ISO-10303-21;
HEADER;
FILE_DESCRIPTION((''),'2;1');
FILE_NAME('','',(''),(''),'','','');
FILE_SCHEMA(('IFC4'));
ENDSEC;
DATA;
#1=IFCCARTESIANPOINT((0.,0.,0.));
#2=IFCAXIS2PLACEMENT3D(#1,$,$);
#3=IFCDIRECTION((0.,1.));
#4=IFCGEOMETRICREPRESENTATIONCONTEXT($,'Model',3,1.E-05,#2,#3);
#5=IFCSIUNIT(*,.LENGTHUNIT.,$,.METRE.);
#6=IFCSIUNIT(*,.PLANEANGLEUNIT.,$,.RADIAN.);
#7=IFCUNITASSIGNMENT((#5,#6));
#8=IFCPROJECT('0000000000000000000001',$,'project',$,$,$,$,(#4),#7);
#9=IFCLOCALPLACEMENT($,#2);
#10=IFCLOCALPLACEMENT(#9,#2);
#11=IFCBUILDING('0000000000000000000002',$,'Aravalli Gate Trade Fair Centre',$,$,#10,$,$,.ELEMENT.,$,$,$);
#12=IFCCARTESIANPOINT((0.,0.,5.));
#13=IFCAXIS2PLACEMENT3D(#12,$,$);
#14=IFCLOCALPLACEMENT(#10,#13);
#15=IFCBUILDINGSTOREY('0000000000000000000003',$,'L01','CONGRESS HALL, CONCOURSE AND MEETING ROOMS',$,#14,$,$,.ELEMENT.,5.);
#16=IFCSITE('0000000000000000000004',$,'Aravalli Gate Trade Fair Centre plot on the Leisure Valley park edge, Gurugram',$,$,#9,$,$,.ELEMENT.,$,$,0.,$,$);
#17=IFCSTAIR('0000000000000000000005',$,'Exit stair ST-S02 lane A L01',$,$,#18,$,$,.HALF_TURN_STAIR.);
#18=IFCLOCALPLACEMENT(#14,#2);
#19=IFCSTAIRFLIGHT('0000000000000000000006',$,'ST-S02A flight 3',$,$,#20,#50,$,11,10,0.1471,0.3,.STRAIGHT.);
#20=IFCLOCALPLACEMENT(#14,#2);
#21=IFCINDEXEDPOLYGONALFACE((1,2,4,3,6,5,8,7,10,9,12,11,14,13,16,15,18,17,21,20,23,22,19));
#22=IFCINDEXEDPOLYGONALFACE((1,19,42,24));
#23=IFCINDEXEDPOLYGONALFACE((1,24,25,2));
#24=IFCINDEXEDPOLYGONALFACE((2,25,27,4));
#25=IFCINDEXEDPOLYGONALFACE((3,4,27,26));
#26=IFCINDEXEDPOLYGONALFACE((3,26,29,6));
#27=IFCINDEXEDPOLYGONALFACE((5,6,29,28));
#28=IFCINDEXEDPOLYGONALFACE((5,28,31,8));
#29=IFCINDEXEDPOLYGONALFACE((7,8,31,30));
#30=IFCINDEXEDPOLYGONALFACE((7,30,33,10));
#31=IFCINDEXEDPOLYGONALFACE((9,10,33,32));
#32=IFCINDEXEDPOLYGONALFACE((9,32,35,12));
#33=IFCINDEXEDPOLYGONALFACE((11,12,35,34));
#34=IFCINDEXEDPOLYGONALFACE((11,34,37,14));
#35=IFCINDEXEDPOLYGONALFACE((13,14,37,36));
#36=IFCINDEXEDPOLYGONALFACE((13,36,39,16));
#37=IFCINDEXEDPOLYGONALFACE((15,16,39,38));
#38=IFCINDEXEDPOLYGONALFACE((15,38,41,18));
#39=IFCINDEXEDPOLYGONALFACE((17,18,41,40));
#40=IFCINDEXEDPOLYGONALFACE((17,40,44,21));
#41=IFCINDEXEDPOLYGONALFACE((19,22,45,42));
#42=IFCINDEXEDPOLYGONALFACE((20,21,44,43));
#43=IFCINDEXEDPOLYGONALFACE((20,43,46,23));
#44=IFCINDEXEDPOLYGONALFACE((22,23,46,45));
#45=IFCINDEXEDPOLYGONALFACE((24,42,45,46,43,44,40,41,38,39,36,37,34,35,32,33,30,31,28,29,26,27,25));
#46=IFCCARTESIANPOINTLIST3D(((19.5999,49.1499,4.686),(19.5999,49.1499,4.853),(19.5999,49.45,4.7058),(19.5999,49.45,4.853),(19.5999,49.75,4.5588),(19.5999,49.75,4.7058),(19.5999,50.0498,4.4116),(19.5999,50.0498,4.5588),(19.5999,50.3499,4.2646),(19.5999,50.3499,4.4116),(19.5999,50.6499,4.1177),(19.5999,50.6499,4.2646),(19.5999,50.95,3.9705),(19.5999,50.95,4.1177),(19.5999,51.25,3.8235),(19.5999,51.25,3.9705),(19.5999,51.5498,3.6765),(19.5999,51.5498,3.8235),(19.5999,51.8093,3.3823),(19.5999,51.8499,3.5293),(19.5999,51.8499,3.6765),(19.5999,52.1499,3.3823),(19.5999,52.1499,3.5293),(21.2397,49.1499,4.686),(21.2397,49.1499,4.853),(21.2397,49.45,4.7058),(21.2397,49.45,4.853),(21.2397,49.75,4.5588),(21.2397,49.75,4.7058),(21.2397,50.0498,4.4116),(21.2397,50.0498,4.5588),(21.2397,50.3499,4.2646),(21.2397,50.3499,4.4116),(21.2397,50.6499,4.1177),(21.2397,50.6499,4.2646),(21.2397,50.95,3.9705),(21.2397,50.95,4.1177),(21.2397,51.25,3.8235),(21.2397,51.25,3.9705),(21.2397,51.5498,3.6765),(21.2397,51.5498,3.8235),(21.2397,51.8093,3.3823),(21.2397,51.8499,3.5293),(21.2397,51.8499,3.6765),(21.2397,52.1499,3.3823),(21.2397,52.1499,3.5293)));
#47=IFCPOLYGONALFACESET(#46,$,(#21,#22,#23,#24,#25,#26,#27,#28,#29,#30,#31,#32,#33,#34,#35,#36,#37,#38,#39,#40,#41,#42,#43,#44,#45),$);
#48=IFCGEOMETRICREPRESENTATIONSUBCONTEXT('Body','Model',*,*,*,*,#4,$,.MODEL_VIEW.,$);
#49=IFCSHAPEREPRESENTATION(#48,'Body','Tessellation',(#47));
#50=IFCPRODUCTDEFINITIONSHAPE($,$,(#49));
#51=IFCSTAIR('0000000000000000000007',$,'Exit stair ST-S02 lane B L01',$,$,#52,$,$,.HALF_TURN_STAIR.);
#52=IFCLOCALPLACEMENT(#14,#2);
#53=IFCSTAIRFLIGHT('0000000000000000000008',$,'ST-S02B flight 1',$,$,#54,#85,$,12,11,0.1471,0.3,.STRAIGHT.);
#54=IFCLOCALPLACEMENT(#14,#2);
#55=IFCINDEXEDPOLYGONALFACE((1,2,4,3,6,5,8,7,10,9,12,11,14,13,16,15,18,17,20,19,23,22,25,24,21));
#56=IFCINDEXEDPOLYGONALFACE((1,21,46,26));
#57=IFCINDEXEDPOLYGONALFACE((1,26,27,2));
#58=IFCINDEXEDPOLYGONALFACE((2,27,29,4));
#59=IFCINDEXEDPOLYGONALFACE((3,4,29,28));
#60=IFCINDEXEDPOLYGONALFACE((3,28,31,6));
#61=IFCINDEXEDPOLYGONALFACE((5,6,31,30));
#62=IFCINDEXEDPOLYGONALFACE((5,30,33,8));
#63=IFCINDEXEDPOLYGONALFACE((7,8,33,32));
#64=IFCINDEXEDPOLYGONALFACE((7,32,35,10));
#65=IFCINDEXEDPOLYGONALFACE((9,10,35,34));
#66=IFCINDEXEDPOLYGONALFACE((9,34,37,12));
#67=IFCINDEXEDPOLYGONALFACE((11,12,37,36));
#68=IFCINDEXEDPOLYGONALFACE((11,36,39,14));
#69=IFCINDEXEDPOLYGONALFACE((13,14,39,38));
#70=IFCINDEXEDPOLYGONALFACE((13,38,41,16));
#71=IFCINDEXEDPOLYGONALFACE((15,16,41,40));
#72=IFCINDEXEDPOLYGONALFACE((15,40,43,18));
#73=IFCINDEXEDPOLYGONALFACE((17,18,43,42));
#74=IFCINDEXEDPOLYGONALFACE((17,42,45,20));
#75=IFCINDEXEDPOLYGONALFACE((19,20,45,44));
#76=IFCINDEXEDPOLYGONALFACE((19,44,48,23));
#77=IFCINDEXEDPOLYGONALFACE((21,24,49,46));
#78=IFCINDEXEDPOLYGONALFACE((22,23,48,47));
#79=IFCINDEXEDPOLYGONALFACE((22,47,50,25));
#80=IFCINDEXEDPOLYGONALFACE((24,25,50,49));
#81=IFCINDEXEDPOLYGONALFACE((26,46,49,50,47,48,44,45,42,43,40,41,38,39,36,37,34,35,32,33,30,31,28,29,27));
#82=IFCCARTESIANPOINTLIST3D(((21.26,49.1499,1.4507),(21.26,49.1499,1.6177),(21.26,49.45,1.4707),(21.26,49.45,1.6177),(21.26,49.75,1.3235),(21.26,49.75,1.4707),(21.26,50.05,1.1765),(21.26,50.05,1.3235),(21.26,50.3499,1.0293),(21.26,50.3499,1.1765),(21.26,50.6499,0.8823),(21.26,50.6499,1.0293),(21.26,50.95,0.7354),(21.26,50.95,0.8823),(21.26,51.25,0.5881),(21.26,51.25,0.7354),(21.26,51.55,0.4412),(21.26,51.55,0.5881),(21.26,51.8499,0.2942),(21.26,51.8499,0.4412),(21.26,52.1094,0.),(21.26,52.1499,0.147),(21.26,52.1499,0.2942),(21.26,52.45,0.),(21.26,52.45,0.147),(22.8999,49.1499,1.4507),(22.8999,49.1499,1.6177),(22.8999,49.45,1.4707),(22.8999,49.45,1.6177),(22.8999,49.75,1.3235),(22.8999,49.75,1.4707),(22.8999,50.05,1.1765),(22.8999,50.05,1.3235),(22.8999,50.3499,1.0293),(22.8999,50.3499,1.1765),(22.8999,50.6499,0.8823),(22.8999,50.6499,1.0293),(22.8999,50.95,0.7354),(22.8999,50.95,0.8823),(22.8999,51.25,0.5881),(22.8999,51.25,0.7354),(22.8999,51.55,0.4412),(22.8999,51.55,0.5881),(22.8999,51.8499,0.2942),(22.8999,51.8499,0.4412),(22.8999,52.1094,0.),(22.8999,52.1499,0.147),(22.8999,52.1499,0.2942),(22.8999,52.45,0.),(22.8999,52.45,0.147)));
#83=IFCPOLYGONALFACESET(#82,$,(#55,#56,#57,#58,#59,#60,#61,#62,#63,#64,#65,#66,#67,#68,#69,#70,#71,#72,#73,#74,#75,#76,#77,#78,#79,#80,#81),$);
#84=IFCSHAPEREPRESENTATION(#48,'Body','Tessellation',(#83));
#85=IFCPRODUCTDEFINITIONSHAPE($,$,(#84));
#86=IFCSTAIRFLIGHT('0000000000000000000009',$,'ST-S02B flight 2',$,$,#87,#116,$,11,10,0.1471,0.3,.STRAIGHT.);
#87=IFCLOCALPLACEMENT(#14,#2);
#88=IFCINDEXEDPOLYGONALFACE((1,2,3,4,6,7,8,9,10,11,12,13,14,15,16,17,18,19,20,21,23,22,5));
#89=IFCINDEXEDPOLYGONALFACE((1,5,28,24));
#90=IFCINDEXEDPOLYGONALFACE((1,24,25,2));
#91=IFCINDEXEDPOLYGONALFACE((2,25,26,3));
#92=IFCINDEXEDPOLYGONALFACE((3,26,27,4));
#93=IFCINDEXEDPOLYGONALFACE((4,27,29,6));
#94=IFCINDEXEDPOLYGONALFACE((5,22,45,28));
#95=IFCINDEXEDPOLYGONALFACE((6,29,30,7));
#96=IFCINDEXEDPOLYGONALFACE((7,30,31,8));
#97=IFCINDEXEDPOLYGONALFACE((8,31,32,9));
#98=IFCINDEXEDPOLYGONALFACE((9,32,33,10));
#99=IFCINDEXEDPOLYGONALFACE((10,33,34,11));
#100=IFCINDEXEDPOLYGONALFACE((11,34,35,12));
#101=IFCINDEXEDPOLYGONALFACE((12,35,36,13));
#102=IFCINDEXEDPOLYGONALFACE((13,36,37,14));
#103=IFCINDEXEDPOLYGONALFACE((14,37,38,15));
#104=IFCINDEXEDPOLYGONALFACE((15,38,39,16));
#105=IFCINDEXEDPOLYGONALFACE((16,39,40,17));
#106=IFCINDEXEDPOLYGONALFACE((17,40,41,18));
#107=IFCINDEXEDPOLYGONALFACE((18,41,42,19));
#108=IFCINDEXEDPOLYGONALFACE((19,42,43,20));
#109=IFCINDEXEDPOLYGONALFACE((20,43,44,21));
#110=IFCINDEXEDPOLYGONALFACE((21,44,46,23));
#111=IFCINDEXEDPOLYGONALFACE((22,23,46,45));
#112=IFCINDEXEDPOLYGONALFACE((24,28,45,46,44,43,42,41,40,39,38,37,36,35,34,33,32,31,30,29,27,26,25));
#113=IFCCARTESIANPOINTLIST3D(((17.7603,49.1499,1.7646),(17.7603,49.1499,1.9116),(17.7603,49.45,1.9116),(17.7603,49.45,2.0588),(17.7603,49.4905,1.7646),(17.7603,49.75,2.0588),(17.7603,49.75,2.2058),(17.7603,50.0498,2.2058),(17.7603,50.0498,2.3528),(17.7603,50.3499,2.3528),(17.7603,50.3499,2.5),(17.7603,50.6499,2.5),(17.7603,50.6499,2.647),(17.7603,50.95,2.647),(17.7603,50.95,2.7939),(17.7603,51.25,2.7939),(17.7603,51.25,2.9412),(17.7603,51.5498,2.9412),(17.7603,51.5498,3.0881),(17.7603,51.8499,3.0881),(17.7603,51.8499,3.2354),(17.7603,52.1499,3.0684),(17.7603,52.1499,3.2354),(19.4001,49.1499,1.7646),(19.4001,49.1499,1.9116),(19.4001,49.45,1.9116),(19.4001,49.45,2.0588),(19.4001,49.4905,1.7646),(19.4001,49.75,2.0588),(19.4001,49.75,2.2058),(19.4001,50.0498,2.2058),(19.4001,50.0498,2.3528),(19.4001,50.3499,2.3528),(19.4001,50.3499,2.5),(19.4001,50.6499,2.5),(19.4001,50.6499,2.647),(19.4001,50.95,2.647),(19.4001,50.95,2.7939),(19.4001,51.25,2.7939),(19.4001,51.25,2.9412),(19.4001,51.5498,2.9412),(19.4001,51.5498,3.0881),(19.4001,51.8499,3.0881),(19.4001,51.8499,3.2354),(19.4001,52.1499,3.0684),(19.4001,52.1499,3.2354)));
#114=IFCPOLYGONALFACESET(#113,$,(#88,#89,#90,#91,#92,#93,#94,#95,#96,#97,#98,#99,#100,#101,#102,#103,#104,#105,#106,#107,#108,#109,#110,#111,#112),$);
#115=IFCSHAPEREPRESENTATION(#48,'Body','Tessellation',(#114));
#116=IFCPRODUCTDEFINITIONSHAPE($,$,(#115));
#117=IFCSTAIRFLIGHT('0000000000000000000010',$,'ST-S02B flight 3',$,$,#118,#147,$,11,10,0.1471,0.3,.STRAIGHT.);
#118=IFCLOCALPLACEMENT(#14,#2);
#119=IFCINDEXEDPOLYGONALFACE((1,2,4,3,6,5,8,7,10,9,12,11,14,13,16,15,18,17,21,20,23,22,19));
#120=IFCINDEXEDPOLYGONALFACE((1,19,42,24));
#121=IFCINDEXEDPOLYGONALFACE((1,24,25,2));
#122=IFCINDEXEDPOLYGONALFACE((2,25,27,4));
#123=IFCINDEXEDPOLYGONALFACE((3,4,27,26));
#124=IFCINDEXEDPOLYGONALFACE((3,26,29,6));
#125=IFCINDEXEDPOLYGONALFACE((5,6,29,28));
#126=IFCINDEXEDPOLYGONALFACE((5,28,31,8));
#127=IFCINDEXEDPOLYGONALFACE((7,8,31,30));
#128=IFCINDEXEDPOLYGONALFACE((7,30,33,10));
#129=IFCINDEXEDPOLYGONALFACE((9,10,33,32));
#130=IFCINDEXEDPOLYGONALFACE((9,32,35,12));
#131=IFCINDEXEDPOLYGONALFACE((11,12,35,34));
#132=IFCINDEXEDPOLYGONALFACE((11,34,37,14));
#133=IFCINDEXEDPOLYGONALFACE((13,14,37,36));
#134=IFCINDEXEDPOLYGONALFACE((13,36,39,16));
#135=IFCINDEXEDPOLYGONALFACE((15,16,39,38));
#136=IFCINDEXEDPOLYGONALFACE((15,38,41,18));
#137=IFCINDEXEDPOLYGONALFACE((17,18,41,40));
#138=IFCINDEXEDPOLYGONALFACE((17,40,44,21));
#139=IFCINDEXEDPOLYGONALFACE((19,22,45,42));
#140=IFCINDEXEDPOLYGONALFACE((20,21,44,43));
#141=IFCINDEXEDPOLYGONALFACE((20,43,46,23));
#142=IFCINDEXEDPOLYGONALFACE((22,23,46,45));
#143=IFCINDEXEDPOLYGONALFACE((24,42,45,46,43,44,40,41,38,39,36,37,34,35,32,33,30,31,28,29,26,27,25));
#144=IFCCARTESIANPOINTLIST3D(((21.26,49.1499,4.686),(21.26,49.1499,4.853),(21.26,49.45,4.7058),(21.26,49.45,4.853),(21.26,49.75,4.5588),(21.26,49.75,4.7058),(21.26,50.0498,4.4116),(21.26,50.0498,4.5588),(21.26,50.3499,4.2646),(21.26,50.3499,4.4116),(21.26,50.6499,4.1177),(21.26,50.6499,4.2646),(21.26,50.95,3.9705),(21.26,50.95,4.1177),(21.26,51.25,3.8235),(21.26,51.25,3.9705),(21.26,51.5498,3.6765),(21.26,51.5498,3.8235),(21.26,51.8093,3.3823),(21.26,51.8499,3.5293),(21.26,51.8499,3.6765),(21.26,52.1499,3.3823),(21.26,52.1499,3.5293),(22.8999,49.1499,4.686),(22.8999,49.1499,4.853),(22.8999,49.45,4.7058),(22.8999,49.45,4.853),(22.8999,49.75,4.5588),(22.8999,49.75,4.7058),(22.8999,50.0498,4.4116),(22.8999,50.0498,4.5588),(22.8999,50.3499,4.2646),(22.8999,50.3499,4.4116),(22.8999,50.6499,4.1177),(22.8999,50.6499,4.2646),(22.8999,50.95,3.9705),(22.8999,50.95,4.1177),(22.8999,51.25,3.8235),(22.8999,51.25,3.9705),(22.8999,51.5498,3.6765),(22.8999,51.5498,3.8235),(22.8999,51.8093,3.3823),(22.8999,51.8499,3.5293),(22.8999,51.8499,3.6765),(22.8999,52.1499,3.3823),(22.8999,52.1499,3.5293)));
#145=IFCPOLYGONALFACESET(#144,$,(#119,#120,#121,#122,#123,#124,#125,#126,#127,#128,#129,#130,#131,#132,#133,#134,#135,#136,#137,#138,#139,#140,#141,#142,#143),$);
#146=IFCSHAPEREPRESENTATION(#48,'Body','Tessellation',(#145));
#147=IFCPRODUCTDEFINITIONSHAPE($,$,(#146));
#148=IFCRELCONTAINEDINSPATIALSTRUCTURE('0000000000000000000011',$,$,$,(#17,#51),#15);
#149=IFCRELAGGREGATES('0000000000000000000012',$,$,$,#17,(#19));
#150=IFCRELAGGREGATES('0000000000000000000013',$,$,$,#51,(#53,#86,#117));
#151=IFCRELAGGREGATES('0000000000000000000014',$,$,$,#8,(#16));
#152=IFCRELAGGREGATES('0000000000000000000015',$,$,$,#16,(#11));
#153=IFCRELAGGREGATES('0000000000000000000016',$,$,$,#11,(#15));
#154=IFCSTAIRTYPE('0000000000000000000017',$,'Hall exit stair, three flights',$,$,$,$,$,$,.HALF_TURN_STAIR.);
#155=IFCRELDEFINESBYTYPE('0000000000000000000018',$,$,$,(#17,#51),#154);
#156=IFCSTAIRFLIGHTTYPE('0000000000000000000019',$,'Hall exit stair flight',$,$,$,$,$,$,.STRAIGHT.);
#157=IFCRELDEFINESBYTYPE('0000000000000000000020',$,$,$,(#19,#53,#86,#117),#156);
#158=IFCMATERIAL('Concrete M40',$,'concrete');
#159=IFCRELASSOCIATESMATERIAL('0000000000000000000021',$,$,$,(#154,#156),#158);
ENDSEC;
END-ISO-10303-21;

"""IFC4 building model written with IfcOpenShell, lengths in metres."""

from ifc_helpers import new_model, si_unit, direction, frame, origin, place, context, subcontext, project, spatial, polyline, outline, extrude, material, type_object, element, aggregate, save


model = new_model("IFC4")

# Units and contexts
model_context = context("Model", 3, precision=1e-05, world=origin(), true_north=direction((0.0, 1.0)))
body_context = subcontext(model_context, "Body", "Model", "MODEL_VIEW")
ifc_project = project(units=[si_unit("LENGTHUNIT", "METRE"), si_unit("PLANEANGLEUNIT", "RADIAN")], contexts=[model_context])

# Site, building, storey
site_placement = place(None, origin())
site = spatial("IfcSite", under=ifc_project, at=site_placement, Name="Aravalli Gate Trade Fair Centre plot on the Leisure Valley park edge, Gurugram", CompositionType="ELEMENT", RefElevation=0.0)
building_placement = place(site_placement, origin())
building = spatial("IfcBuilding", under=site, at=building_placement, Name="Aravalli Gate Trade Fair Centre", CompositionType="ELEMENT")
storey_placement = place(building_placement, frame((0.0, 0.0, 5.0)))
storey = spatial("IfcBuildingStorey", under=building, at=storey_placement, Name="L01", Description="CONGRESS HALL, CONCOURSE AND MEETING ROOMS", CompositionType="ELEMENT", Elevation=5.0)

# Shared definitions
ifc_material_1 = material(Name="Concrete M40", Category="concrete")

# Stairs, stair flights
stair_type = type_object("IfcStairType", Name="Hall exit stair, three flights", PredefinedType="HALF_TURN_STAIR", material=ifc_material_1)
stair_1_placement = place(storey_placement, origin())
stair_1 = element("IfcStair", 1, at=stair_1_placement, inside=storey, type_object=stair_type, Name="Exit stair ST-S02 lane A L01", PredefinedType="HALF_TURN_STAIR")
stair_flight_type = type_object("IfcStairFlightType", Name="Hall exit stair flight", PredefinedType="STRAIGHT", material=ifc_material_1)
stair_flight_1_placement = place(storey_placement, frame((20.4199, 52.1499, 3.3823), z_axis=(0.0, 0.0, 1.0), x_axis=(0.0, -1.0, 0.0)))
stair_flight_1 = element("IfcStairFlight", 2, at=stair_flight_1_placement, type_object=stair_flight_type, Name="ST-S02A flight 3", NumberOfRisers=11, NumberOfTreads=10, PredefinedType="STRAIGHT", RiserHeight=0.1471, TreadLength=0.3, context=body_context, shape_type="SweptSolid", body=[
    extrude(outline(polyline([(0.0, 0.0), (0.0, 0.147), (0.3, 0.147), (0.3, 0.2942), (0.6001, 0.2942), (0.6001, 0.4412), (0.8999, 0.4412), (0.8999, 0.5881), (1.2, 0.5881), (1.2, 0.7354), (1.5, 0.7354), (1.5, 0.8823), (1.8, 0.8823), (1.8, 1.0293), (2.1001, 1.0293), (2.1001, 1.1765), (2.3999, 1.1765), (2.3999, 1.3235), (2.7, 1.3235), (2.7, 1.4707), (3.0, 1.4707), (3.0, 1.6177), (3.0, 1.3037), (0.3406, 0.0), (0.0, 0.0)])), frame((0.0, 0.8198, 0.0), z_axis=(0.0, -1.0, 0.0), x_axis=(1.0, 0.0, 0.0)), (0.0, 0.0, 1.0), 1.6399),
])
aggregate(stair_1, [stair_flight_1])
stair_2_placement = place(storey_placement, origin())
stair_2 = element("IfcStair", 3, at=stair_2_placement, inside=storey, type_object=stair_type, Name="Exit stair ST-S02 lane B L01", PredefinedType="HALF_TURN_STAIR")
stair_flight_2_placement = place(storey_placement, frame((22.0801, 52.45, 0.0), z_axis=(0.0, 0.0, 1.0), x_axis=(0.0, -1.0, 0.0)))
stair_flight_2 = element("IfcStairFlight", 4, at=stair_flight_2_placement, type_object=stair_flight_type, Name="ST-S02B flight 1", NumberOfRisers=12, NumberOfTreads=11, PredefinedType="STRAIGHT", RiserHeight=0.1471, TreadLength=0.3, context=body_context, shape_type="SweptSolid", body=[
    extrude(outline(polyline([(0.0, 0.0), (0.0, 0.147), (0.3, 0.147), (0.3, 0.2942), (0.6001, 0.2942), (0.6001, 0.4412), (0.8999, 0.4412), (0.8999, 0.5881), (1.2, 0.5881), (1.2, 0.7354), (1.5, 0.7354), (1.5, 0.8823), (1.8, 0.8823), (1.8, 1.0293), (2.1001, 1.0293), (2.1001, 1.1765), (2.3999, 1.1765), (2.3999, 1.3235), (2.7, 1.3235), (2.7, 1.4707), (3.0, 1.4707), (3.0, 1.6177), (3.3, 1.6177), (3.3, 1.7646), (3.3, 1.4507), (0.3406, 0.0), (0.0, 0.0)])), frame((0.0, 0.8198, 0.0), z_axis=(0.0, -1.0, 0.0), x_axis=(1.0, 0.0, 0.0)), (0.0, 0.0, 1.0), 1.6399),
])
stair_flight_3_placement = place(storey_placement, frame((18.5801, 49.1499, 1.7646), z_axis=(0.0, 0.0, 1.0), x_axis=(0.0, 1.0, 0.0)))
stair_flight_3 = element("IfcStairFlight", 5, at=stair_flight_3_placement, type_object=stair_flight_type, Name="ST-S02B flight 2", NumberOfRisers=11, NumberOfTreads=10, PredefinedType="STRAIGHT", RiserHeight=0.1471, TreadLength=0.3, context=body_context, shape_type="SweptSolid", body=[
    extrude(outline(polyline([(0.0, 0.0), (0.0, 0.147), (0.3, 0.147), (0.3, 0.2942), (0.6001, 0.2942), (0.6001, 0.4412), (0.8999, 0.4412), (0.8999, 0.5881), (1.2, 0.5881), (1.2, 0.7354), (1.5, 0.7354), (1.5, 0.8823), (1.8, 0.8823), (1.8, 1.0293), (2.1001, 1.0293), (2.1001, 1.1765), (2.3999, 1.1765), (2.3999, 1.3235), (2.7, 1.3235), (2.7, 1.4707), (3.0, 1.4707), (3.0, 1.6177), (3.0, 1.3037), (0.3406, 0.0), (0.0, 0.0)])), frame((0.0, 0.8198, 0.0), z_axis=(0.0, -1.0, 0.0), x_axis=(1.0, 0.0, 0.0)), (0.0, 0.0, 1.0), 1.6399),
])
stair_flight_4_placement = place(storey_placement, frame((22.0801, 52.1499, 3.3823), z_axis=(0.0, 0.0, 1.0), x_axis=(0.0, -1.0, 0.0)))
stair_flight_4 = element("IfcStairFlight", 6, at=stair_flight_4_placement, type_object=stair_flight_type, Name="ST-S02B flight 3", NumberOfRisers=11, NumberOfTreads=10, PredefinedType="STRAIGHT", RiserHeight=0.1471, TreadLength=0.3, context=body_context, shape_type="SweptSolid", body=[
    extrude(outline(polyline([(0.0, 0.0), (0.0, 0.147), (0.3, 0.147), (0.3, 0.2942), (0.6001, 0.2942), (0.6001, 0.4412), (0.8999, 0.4412), (0.8999, 0.5881), (1.2, 0.5881), (1.2, 0.7354), (1.5, 0.7354), (1.5, 0.8823), (1.8, 0.8823), (1.8, 1.0293), (2.1001, 1.0293), (2.1001, 1.1765), (2.3999, 1.1765), (2.3999, 1.3235), (2.7, 1.3235), (2.7, 1.4707), (3.0, 1.4707), (3.0, 1.6177), (3.0, 1.3037), (0.3406, 0.0), (0.0, 0.0)])), frame((0.0, 0.8198, 0.0), z_axis=(0.0, -1.0, 0.0), x_axis=(1.0, 0.0, 0.0)), (0.0, 0.0, 1.0), 1.6399),
])
aggregate(stair_2, [stair_flight_2, stair_flight_3, stair_flight_4])

save(model, "model.ifc")
